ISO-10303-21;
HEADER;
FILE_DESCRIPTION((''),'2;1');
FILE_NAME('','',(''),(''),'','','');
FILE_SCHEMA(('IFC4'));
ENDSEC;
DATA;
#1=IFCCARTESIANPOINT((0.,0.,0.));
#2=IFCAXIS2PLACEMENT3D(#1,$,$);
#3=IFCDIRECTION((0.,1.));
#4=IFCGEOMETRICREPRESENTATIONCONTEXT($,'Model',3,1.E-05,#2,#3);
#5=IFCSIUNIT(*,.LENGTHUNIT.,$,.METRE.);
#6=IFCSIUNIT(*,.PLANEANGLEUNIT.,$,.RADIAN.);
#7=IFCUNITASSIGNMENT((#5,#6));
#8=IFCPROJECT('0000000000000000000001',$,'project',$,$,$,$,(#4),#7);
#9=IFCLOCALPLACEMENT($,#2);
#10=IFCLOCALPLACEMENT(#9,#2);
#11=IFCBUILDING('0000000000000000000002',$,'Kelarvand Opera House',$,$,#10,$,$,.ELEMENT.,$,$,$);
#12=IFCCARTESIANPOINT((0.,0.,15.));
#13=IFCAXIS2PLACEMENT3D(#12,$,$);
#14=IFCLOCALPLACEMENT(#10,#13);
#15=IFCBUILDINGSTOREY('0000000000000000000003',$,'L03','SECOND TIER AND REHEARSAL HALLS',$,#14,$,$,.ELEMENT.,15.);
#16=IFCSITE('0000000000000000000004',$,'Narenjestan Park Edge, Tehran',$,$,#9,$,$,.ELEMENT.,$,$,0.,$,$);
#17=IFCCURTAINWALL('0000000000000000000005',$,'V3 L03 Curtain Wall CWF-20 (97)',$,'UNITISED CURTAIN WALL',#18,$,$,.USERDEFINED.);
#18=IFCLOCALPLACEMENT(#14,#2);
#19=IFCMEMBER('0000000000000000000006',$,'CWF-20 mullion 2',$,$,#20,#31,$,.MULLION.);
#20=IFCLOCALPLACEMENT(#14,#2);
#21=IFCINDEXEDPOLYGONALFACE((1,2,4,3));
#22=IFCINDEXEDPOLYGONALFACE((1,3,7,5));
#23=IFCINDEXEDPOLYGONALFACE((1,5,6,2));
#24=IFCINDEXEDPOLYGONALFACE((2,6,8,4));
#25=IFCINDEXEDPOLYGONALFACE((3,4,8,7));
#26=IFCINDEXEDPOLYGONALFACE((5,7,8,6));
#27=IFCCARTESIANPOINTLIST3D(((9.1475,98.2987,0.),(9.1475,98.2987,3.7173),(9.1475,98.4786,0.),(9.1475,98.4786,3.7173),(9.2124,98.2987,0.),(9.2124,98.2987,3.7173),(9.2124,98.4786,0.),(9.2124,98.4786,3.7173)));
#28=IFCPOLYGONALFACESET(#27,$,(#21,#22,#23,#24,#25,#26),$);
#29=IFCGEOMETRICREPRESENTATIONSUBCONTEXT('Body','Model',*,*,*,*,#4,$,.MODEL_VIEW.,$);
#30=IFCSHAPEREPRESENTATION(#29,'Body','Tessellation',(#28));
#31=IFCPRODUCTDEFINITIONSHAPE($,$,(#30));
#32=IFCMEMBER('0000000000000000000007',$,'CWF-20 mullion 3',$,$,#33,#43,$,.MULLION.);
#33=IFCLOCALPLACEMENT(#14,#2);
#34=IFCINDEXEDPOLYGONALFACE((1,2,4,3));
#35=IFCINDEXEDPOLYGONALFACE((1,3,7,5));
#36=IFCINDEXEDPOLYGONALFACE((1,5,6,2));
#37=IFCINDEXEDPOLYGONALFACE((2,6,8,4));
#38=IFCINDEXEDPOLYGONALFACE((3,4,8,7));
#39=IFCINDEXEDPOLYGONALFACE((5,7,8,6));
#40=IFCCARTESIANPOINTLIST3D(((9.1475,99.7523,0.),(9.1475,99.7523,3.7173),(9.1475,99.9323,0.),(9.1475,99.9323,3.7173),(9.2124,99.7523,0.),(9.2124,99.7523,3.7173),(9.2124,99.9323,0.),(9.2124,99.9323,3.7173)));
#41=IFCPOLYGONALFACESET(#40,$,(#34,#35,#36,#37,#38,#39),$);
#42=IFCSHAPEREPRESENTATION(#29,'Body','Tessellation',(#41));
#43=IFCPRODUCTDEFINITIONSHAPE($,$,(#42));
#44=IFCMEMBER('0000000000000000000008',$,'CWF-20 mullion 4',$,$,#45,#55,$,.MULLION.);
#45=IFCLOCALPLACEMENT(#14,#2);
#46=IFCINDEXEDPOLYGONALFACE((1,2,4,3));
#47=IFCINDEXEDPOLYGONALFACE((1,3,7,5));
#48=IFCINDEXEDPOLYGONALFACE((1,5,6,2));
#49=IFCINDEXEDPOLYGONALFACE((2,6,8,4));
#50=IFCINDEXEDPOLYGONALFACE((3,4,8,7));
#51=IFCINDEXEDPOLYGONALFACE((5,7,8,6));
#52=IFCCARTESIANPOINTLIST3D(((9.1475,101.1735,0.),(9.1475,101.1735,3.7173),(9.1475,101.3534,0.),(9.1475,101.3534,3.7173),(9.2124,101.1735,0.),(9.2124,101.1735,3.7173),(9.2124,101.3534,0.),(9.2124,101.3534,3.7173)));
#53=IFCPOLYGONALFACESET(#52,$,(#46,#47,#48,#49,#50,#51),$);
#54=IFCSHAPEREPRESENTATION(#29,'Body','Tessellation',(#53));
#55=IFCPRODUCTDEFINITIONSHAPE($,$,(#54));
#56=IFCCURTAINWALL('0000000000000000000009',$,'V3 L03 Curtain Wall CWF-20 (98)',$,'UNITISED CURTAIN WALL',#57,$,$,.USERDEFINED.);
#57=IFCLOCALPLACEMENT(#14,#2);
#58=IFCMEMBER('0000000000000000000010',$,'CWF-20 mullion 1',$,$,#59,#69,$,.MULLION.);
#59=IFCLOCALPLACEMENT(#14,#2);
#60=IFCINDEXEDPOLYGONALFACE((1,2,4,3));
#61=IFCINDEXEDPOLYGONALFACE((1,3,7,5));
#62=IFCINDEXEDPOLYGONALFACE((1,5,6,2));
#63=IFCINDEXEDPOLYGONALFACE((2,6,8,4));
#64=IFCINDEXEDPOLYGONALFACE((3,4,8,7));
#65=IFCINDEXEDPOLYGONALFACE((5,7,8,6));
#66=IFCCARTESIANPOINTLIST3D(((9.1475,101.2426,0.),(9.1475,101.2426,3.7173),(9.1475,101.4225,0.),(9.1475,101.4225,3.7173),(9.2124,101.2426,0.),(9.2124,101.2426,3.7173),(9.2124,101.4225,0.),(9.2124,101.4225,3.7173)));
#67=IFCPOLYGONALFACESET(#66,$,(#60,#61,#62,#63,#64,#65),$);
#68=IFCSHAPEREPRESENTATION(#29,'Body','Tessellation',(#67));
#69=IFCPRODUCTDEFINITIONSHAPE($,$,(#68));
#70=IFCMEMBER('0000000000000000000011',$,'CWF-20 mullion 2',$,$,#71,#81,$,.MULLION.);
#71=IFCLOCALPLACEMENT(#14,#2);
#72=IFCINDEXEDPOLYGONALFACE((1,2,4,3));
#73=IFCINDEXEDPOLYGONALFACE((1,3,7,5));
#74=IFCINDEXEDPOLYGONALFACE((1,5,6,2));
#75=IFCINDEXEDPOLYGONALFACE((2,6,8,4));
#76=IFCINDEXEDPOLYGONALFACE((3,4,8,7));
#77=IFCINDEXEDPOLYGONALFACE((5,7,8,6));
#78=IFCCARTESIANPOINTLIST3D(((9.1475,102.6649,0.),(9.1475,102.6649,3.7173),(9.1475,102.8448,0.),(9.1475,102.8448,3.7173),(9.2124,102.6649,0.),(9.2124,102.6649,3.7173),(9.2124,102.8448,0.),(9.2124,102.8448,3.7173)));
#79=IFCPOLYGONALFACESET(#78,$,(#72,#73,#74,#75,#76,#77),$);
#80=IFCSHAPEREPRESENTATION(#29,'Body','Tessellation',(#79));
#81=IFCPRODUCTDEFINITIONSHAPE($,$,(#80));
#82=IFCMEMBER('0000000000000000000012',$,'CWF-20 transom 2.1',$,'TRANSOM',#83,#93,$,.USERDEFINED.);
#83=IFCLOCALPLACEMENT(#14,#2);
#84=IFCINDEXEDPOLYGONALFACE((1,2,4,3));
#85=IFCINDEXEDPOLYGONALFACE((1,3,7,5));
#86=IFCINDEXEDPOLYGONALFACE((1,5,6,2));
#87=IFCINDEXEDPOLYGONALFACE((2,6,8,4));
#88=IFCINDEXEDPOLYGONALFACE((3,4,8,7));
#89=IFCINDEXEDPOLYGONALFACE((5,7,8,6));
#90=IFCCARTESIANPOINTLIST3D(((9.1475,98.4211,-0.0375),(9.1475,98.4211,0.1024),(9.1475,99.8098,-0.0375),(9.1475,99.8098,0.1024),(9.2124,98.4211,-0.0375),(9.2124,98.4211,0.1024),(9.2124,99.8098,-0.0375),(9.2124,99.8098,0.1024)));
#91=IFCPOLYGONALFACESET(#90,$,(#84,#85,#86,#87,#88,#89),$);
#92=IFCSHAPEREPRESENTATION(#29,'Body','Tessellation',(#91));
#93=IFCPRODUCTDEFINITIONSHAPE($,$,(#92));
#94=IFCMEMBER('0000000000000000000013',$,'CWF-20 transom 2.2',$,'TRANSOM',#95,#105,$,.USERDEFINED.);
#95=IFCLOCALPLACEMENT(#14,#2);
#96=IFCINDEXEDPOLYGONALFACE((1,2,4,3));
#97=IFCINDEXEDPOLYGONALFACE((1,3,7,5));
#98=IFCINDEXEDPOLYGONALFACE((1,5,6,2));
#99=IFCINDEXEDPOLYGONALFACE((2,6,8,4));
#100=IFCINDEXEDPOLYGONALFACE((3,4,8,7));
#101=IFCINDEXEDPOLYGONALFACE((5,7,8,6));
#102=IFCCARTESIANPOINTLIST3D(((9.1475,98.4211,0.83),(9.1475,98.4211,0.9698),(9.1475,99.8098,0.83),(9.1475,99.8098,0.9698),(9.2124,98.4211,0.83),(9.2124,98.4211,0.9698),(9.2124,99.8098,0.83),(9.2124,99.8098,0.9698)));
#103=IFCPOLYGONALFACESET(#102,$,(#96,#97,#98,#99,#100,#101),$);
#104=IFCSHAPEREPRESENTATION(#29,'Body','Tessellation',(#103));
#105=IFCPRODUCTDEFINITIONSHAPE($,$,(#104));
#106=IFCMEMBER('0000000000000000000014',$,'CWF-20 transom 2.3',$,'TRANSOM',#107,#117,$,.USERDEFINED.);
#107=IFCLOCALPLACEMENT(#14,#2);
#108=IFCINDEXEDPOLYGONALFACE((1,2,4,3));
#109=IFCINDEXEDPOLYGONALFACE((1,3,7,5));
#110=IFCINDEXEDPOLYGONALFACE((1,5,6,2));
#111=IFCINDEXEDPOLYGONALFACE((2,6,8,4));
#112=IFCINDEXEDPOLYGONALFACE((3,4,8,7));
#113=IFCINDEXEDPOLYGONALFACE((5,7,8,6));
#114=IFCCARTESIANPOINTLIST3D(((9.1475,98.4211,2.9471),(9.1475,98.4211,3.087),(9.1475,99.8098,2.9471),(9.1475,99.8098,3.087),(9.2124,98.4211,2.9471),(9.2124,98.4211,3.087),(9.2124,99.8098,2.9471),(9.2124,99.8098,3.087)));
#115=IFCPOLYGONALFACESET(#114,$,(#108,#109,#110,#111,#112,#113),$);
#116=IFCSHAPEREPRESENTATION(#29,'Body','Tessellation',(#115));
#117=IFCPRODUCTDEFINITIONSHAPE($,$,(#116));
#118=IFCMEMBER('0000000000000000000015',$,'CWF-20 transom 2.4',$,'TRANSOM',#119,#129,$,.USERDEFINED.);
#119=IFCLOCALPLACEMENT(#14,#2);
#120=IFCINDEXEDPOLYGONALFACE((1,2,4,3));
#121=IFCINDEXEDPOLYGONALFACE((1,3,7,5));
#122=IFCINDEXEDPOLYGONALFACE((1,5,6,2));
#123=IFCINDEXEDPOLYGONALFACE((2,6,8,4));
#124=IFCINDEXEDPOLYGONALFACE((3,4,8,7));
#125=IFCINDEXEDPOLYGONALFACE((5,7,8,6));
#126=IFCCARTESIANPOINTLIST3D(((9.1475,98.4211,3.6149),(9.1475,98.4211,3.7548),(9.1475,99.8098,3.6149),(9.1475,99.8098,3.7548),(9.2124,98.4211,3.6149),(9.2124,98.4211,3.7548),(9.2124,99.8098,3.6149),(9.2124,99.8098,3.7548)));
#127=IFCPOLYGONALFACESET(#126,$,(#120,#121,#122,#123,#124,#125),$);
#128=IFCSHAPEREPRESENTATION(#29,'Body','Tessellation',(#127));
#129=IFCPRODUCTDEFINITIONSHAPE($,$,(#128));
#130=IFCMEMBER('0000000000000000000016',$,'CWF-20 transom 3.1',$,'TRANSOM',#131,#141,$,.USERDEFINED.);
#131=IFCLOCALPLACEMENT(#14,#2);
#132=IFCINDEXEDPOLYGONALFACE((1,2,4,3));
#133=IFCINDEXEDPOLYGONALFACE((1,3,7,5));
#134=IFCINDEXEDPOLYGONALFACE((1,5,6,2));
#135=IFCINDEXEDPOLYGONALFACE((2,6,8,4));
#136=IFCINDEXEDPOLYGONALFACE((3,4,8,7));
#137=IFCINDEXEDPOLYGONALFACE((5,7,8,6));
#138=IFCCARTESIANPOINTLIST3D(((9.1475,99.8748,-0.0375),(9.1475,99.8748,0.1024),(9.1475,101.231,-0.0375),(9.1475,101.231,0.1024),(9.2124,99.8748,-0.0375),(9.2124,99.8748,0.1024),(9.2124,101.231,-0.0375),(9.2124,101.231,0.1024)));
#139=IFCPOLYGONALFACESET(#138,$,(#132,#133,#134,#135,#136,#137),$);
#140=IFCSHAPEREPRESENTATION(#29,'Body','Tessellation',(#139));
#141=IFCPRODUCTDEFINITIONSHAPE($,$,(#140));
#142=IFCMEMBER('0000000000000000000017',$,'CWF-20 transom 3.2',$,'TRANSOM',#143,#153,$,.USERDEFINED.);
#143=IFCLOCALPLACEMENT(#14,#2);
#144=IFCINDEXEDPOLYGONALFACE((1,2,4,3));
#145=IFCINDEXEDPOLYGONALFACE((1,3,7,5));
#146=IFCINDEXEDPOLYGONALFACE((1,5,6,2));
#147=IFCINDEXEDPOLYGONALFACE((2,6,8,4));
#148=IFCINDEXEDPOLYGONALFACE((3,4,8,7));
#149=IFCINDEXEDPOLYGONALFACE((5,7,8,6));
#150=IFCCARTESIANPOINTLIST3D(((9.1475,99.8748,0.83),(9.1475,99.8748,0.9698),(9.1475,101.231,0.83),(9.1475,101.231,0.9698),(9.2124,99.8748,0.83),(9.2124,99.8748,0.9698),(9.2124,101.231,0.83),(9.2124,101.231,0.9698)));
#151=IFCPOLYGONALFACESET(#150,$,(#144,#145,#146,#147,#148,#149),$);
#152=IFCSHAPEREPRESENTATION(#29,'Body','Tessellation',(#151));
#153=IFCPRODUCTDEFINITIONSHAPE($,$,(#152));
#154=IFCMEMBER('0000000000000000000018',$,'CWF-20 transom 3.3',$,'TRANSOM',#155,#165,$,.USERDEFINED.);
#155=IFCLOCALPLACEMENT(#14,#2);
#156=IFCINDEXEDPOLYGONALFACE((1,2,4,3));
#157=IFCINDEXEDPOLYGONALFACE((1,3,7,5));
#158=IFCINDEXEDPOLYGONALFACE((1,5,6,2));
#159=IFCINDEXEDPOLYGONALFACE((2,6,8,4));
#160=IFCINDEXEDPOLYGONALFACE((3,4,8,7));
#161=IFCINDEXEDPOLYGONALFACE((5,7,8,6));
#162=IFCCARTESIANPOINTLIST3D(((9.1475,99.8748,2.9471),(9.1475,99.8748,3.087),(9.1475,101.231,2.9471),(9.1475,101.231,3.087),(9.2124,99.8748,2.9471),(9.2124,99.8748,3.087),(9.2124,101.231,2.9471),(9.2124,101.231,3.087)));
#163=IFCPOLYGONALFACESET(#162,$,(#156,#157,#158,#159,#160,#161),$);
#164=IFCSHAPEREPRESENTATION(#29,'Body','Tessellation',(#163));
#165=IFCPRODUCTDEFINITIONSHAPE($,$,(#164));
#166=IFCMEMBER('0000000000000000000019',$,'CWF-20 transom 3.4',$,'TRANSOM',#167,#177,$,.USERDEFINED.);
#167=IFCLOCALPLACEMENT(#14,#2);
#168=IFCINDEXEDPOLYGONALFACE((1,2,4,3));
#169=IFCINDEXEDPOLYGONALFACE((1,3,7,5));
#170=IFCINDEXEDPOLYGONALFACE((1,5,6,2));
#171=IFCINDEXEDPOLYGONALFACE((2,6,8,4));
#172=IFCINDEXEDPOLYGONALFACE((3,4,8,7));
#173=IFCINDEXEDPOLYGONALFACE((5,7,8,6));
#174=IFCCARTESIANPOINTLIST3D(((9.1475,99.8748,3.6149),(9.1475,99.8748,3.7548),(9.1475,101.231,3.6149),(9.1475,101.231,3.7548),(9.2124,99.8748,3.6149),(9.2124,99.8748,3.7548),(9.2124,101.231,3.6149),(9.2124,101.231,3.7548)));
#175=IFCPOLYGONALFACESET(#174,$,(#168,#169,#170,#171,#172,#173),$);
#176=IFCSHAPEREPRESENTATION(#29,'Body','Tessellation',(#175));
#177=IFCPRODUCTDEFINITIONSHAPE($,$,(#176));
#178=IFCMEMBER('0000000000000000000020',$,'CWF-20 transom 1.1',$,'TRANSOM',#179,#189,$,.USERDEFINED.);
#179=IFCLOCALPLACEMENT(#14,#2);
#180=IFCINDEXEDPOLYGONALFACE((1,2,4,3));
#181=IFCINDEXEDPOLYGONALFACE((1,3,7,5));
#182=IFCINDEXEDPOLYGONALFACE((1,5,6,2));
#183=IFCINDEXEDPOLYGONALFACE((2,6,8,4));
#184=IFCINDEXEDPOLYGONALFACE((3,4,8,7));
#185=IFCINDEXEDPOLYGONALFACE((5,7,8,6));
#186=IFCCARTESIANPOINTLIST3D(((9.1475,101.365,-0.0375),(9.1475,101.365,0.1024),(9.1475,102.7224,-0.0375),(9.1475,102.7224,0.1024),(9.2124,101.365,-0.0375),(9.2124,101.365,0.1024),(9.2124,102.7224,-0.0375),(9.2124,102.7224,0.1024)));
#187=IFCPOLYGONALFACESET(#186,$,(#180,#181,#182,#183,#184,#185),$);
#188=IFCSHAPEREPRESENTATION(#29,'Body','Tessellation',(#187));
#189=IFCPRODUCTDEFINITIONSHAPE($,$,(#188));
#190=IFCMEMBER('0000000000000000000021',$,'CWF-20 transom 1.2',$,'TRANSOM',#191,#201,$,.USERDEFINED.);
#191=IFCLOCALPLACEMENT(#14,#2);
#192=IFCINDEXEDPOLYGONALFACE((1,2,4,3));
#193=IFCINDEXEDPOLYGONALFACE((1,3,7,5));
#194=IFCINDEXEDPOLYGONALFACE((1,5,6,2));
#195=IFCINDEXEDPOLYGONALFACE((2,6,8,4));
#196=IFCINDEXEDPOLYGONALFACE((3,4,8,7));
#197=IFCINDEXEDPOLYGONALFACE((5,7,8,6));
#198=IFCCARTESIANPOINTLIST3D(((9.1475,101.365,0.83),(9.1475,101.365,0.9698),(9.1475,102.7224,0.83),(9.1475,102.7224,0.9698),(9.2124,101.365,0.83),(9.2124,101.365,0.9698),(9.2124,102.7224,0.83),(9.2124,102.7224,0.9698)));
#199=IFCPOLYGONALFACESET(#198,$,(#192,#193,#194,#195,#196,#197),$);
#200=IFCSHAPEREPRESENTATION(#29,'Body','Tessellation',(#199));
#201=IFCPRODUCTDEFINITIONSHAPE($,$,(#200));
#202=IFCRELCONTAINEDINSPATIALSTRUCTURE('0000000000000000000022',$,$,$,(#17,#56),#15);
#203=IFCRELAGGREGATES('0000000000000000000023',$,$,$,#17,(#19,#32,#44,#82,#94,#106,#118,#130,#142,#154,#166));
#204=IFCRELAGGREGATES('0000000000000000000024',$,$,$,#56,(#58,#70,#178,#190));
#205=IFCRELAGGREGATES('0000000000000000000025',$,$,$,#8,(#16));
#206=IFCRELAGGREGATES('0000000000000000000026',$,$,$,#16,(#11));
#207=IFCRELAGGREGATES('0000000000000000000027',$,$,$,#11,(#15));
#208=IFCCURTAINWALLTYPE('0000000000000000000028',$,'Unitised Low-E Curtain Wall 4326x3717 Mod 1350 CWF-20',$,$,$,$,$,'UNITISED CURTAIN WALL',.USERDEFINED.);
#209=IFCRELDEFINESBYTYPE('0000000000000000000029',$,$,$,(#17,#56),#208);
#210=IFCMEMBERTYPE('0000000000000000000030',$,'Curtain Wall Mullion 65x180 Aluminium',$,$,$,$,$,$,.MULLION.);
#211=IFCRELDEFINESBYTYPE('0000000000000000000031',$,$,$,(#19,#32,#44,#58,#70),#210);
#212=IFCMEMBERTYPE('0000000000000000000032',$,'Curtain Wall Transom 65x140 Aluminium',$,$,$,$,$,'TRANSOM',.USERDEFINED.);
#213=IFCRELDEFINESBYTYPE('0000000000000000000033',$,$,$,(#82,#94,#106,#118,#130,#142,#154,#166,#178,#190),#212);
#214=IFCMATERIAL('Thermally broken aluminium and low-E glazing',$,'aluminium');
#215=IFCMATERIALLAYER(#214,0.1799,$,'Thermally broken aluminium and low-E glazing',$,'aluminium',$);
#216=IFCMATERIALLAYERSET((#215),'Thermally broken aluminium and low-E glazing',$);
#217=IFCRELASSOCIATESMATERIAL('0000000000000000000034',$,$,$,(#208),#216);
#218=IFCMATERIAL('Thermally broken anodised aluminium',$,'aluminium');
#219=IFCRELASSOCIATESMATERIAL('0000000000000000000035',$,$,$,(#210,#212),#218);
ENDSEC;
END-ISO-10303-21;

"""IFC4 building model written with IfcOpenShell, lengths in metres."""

from ifc_helpers import new_model, si_unit, direction, frame, origin, origin_2d, place, context, subcontext, project, spatial, rectangle, extrude, material, layer, layer_set, material_profile, profile_set, type_object, element, aggregate, save


model = new_model("IFC4")

# Units and contexts
model_context = context("Model", 3, precision=1e-05, world=origin(), true_north=direction((0.0, 1.0)))
body_context = subcontext(model_context, "Body", "Model", "MODEL_VIEW")
ifc_project = project(units=[si_unit("LENGTHUNIT", "METRE"), si_unit("PLANEANGLEUNIT", "RADIAN")], contexts=[model_context])

# Site, building, storey
site_placement = place(None, origin())
site = spatial("IfcSite", under=ifc_project, at=site_placement, Name="Narenjestan Park Edge, Tehran", CompositionType="ELEMENT", RefElevation=0.0)
building_placement = place(site_placement, origin())
building = spatial("IfcBuilding", under=site, at=building_placement, Name="Kelarvand Opera House", CompositionType="ELEMENT")
storey_placement = place(building_placement, frame((0.0, 0.0, 15.0)))
storey = spatial("IfcBuildingStorey", under=building, at=storey_placement, Name="L03", Description="SECOND TIER AND REHEARSAL HALLS", CompositionType="ELEMENT", Elevation=15.0)

# Curtain walls, members
ifc_material_1 = material(Name="Thermally broken aluminium and low-E glazing", Category="aluminium")
ifc_layer_1 = layer(ifc_material_1, 0.1799, Name="Thermally broken aluminium and low-E glazing", Category="aluminium")
ifc_layer_set_1 = layer_set([ifc_layer_1], Name="Thermally broken aluminium and low-E glazing")
curtain_wall_type = type_object("IfcCurtainWallType", Name="Unitised Low-E Curtain Wall 4326x3717 Mod 1350 CWF-20", ElementType="UNITISED CURTAIN WALL", PredefinedType="USERDEFINED", material=ifc_layer_set_1)
curtain_wall_1_placement = place(storey_placement, origin())
curtain_wall_1 = element("IfcCurtainWall", 1, at=curtain_wall_1_placement, inside=storey, type_object=curtain_wall_type, Name="V3 L03 Curtain Wall CWF-20 (97)", ObjectType="UNITISED CURTAIN WALL", PredefinedType="USERDEFINED")
ifc_material_2 = material(Name="Thermally broken anodised aluminium", Category="aluminium")
ifc_material_profile_1 = material_profile(ifc_material_2, rectangle(XDim=0.0649, YDim=0.1799, at=origin_2d()), Name="ALU MULLION 65x180", Category="aluminium")
ifc_profile_set_1 = profile_set([ifc_material_profile_1], Name="Thermally broken anodised aluminium")
member_type_1 = type_object("IfcMemberType", Name="Curtain Wall Mullion 65x180 Aluminium", PredefinedType="MULLION", material=ifc_profile_set_1)
member_1_placement = place(storey_placement, frame((9.1799, 98.3887, 0.0), z_axis=(0.0, 0.0, 1.0), x_axis=(-1.0, 0.0, 0.0)))
member_1 = element("IfcMember", 2, at=member_1_placement, type_object=member_type_1, Name="CWF-20 mullion 2", PredefinedType="MULLION", context=body_context, shape_type="SweptSolid", body=[
    extrude(rectangle(XDim=0.0649, YDim=0.1799, at=origin_2d()), origin(), (0.0, 0.0, 1.0), 3.7173),
])
member_2_placement = place(storey_placement, frame((9.1799, 99.8423, 0.0), z_axis=(0.0, 0.0, 1.0), x_axis=(-1.0, 0.0, 0.0)))
member_2 = element("IfcMember", 3, at=member_2_placement, type_object=member_type_1, Name="CWF-20 mullion 3", PredefinedType="MULLION", context=body_context, shape_type="SweptSolid", body=[
    extrude(rectangle(XDim=0.0649, YDim=0.1799, at=origin_2d()), origin(), (0.0, 0.0, 1.0), 3.7173),
])
member_3_placement = place(storey_placement, frame((9.1799, 101.2634, 0.0), z_axis=(0.0, 0.0, 1.0), x_axis=(-1.0, 0.0, 0.0)))
member_3 = element("IfcMember", 4, at=member_3_placement, type_object=member_type_1, Name="CWF-20 mullion 4", PredefinedType="MULLION", context=body_context, shape_type="SweptSolid", body=[
    extrude(rectangle(XDim=0.0649, YDim=0.1799, at=origin_2d()), origin(), (0.0, 0.0, 1.0), 3.7173),
])
curtain_wall_2_placement = place(storey_placement, origin())
curtain_wall_2 = element("IfcCurtainWall", 5, at=curtain_wall_2_placement, inside=storey, type_object=curtain_wall_type, Name="V3 L03 Curtain Wall CWF-20 (98)", ObjectType="UNITISED CURTAIN WALL", PredefinedType="USERDEFINED")
member_4_placement = place(storey_placement, frame((9.1799, 101.3325, 0.0), z_axis=(0.0, 0.0, 1.0), x_axis=(-1.0, 0.0, 0.0)))
member_4 = element("IfcMember", 6, at=member_4_placement, type_object=member_type_1, Name="CWF-20 mullion 1", PredefinedType="MULLION", context=body_context, shape_type="SweptSolid", body=[
    extrude(rectangle(XDim=0.0649, YDim=0.1799, at=origin_2d()), origin(), (0.0, 0.0, 1.0), 3.7173),
])
member_5_placement = place(storey_placement, frame((9.1799, 102.7549, 0.0), z_axis=(0.0, 0.0, 1.0), x_axis=(-1.0, 0.0, 0.0)))
member_5 = element("IfcMember", 7, at=member_5_placement, type_object=member_type_1, Name="CWF-20 mullion 2", PredefinedType="MULLION", context=body_context, shape_type="SweptSolid", body=[
    extrude(rectangle(XDim=0.0649, YDim=0.1799, at=origin_2d()), origin(), (0.0, 0.0, 1.0), 3.7173),
])

# Members
ifc_material_profile_2 = material_profile(ifc_material_2, rectangle(XDim=0.0649, YDim=0.1399, at=origin_2d()), Name="ALU TRANSOM 65x140", Category="aluminium")
ifc_profile_set_2 = profile_set([ifc_material_profile_2], Name="Thermally broken anodised aluminium")
member_type_2 = type_object("IfcMemberType", Name="Curtain Wall Transom 65x140 Aluminium", ElementType="TRANSOM", PredefinedType="USERDEFINED", material=ifc_profile_set_2)
member_6_placement = place(storey_placement, frame((9.1799, 98.4211, 0.0325), z_axis=(0.0, 1.0, 0.0), x_axis=(-1.0, 0.0, 0.0)))
member_6 = element("IfcMember", 8, at=member_6_placement, type_object=member_type_2, Name="CWF-20 transom 2.1", ObjectType="TRANSOM", PredefinedType="USERDEFINED", context=body_context, shape_type="SweptSolid", body=[
    extrude(rectangle(XDim=0.0649, YDim=0.1399, at=origin_2d()), origin(), (0.0, 0.0, 1.0), 1.3887),
])
member_7_placement = place(storey_placement, frame((9.1799, 98.4211, 0.8999), z_axis=(0.0, 1.0, 0.0), x_axis=(-1.0, 0.0, 0.0)))
member_7 = element("IfcMember", 9, at=member_7_placement, type_object=member_type_2, Name="CWF-20 transom 2.2", ObjectType="TRANSOM", PredefinedType="USERDEFINED", context=body_context, shape_type="SweptSolid", body=[
    extrude(rectangle(XDim=0.0649, YDim=0.1399, at=origin_2d()), origin(), (0.0, 0.0, 1.0), 1.3887),
])
member_8_placement = place(storey_placement, frame((9.1799, 98.4211, 3.0171), z_axis=(0.0, 1.0, 0.0), x_axis=(-1.0, 0.0, 0.0)))
member_8 = element("IfcMember", 10, at=member_8_placement, type_object=member_type_2, Name="CWF-20 transom 2.3", ObjectType="TRANSOM", PredefinedType="USERDEFINED", context=body_context, shape_type="SweptSolid", body=[
    extrude(rectangle(XDim=0.0649, YDim=0.1399, at=origin_2d()), origin(), (0.0, 0.0, 1.0), 1.3887),
])
member_9_placement = place(storey_placement, frame((9.1799, 98.4211, 3.6848), z_axis=(0.0, 1.0, 0.0), x_axis=(-1.0, 0.0, 0.0)))
member_9 = element("IfcMember", 11, at=member_9_placement, type_object=member_type_2, Name="CWF-20 transom 2.4", ObjectType="TRANSOM", PredefinedType="USERDEFINED", context=body_context, shape_type="SweptSolid", body=[
    extrude(rectangle(XDim=0.0649, YDim=0.1399, at=origin_2d()), origin(), (0.0, 0.0, 1.0), 1.3887),
])
member_10_placement = place(storey_placement, frame((9.1799, 99.8748, 0.0325), z_axis=(0.0, 1.0, 0.0), x_axis=(-1.0, 0.0, 0.0)))
member_10 = element("IfcMember", 12, at=member_10_placement, type_object=member_type_2, Name="CWF-20 transom 3.1", ObjectType="TRANSOM", PredefinedType="USERDEFINED", context=body_context, shape_type="SweptSolid", body=[
    extrude(rectangle(XDim=0.0649, YDim=0.1399, at=origin_2d()), origin(), (0.0, 0.0, 1.0), 1.3562),
])
member_11_placement = place(storey_placement, frame((9.1799, 99.8748, 0.8999), z_axis=(0.0, 1.0, 0.0), x_axis=(-1.0, 0.0, 0.0)))
member_11 = element("IfcMember", 13, at=member_11_placement, type_object=member_type_2, Name="CWF-20 transom 3.2", ObjectType="TRANSOM", PredefinedType="USERDEFINED", context=body_context, shape_type="SweptSolid", body=[
    extrude(rectangle(XDim=0.0649, YDim=0.1399, at=origin_2d()), origin(), (0.0, 0.0, 1.0), 1.3562),
])
member_12_placement = place(storey_placement, frame((9.1799, 99.8748, 3.0171), z_axis=(0.0, 1.0, 0.0), x_axis=(-1.0, 0.0, 0.0)))
member_12 = element("IfcMember", 14, at=member_12_placement, type_object=member_type_2, Name="CWF-20 transom 3.3", ObjectType="TRANSOM", PredefinedType="USERDEFINED", context=body_context, shape_type="SweptSolid", body=[
    extrude(rectangle(XDim=0.0649, YDim=0.1399, at=origin_2d()), origin(), (0.0, 0.0, 1.0), 1.3562),
])
member_13_placement = place(storey_placement, frame((9.1799, 99.8748, 3.6848), z_axis=(0.0, 1.0, 0.0), x_axis=(-1.0, 0.0, 0.0)))
member_13 = element("IfcMember", 15, at=member_13_placement, type_object=member_type_2, Name="CWF-20 transom 3.4", ObjectType="TRANSOM", PredefinedType="USERDEFINED", context=body_context, shape_type="SweptSolid", body=[
    extrude(rectangle(XDim=0.0649, YDim=0.1399, at=origin_2d()), origin(), (0.0, 0.0, 1.0), 1.3562),
])
member_14_placement = place(storey_placement, frame((9.1799, 101.365, 0.0325), z_axis=(0.0, 1.0, 0.0), x_axis=(-1.0, 0.0, 0.0)))
member_14 = element("IfcMember", 16, at=member_14_placement, type_object=member_type_2, Name="CWF-20 transom 1.1", ObjectType="TRANSOM", PredefinedType="USERDEFINED", context=body_context, shape_type="SweptSolid", body=[
    extrude(rectangle(XDim=0.0649, YDim=0.1399, at=origin_2d()), origin(), (0.0, 0.0, 1.0), 1.3574),
])
member_15_placement = place(storey_placement, frame((9.1799, 101.365, 0.8999), z_axis=(0.0, 1.0, 0.0), x_axis=(-1.0, 0.0, 0.0)))
member_15 = element("IfcMember", 17, at=member_15_placement, type_object=member_type_2, Name="CWF-20 transom 1.2", ObjectType="TRANSOM", PredefinedType="USERDEFINED", context=body_context, shape_type="SweptSolid", body=[
    extrude(rectangle(XDim=0.0649, YDim=0.1399, at=origin_2d()), origin(), (0.0, 0.0, 1.0), 1.3574),
])

aggregate(curtain_wall_1, [member_1, member_2, member_3, member_6, member_7, member_8, member_9, member_10, member_11, member_12, member_13])
aggregate(curtain_wall_2, [member_4, member_5, member_14, member_15])

save(model, "model.ifc")
